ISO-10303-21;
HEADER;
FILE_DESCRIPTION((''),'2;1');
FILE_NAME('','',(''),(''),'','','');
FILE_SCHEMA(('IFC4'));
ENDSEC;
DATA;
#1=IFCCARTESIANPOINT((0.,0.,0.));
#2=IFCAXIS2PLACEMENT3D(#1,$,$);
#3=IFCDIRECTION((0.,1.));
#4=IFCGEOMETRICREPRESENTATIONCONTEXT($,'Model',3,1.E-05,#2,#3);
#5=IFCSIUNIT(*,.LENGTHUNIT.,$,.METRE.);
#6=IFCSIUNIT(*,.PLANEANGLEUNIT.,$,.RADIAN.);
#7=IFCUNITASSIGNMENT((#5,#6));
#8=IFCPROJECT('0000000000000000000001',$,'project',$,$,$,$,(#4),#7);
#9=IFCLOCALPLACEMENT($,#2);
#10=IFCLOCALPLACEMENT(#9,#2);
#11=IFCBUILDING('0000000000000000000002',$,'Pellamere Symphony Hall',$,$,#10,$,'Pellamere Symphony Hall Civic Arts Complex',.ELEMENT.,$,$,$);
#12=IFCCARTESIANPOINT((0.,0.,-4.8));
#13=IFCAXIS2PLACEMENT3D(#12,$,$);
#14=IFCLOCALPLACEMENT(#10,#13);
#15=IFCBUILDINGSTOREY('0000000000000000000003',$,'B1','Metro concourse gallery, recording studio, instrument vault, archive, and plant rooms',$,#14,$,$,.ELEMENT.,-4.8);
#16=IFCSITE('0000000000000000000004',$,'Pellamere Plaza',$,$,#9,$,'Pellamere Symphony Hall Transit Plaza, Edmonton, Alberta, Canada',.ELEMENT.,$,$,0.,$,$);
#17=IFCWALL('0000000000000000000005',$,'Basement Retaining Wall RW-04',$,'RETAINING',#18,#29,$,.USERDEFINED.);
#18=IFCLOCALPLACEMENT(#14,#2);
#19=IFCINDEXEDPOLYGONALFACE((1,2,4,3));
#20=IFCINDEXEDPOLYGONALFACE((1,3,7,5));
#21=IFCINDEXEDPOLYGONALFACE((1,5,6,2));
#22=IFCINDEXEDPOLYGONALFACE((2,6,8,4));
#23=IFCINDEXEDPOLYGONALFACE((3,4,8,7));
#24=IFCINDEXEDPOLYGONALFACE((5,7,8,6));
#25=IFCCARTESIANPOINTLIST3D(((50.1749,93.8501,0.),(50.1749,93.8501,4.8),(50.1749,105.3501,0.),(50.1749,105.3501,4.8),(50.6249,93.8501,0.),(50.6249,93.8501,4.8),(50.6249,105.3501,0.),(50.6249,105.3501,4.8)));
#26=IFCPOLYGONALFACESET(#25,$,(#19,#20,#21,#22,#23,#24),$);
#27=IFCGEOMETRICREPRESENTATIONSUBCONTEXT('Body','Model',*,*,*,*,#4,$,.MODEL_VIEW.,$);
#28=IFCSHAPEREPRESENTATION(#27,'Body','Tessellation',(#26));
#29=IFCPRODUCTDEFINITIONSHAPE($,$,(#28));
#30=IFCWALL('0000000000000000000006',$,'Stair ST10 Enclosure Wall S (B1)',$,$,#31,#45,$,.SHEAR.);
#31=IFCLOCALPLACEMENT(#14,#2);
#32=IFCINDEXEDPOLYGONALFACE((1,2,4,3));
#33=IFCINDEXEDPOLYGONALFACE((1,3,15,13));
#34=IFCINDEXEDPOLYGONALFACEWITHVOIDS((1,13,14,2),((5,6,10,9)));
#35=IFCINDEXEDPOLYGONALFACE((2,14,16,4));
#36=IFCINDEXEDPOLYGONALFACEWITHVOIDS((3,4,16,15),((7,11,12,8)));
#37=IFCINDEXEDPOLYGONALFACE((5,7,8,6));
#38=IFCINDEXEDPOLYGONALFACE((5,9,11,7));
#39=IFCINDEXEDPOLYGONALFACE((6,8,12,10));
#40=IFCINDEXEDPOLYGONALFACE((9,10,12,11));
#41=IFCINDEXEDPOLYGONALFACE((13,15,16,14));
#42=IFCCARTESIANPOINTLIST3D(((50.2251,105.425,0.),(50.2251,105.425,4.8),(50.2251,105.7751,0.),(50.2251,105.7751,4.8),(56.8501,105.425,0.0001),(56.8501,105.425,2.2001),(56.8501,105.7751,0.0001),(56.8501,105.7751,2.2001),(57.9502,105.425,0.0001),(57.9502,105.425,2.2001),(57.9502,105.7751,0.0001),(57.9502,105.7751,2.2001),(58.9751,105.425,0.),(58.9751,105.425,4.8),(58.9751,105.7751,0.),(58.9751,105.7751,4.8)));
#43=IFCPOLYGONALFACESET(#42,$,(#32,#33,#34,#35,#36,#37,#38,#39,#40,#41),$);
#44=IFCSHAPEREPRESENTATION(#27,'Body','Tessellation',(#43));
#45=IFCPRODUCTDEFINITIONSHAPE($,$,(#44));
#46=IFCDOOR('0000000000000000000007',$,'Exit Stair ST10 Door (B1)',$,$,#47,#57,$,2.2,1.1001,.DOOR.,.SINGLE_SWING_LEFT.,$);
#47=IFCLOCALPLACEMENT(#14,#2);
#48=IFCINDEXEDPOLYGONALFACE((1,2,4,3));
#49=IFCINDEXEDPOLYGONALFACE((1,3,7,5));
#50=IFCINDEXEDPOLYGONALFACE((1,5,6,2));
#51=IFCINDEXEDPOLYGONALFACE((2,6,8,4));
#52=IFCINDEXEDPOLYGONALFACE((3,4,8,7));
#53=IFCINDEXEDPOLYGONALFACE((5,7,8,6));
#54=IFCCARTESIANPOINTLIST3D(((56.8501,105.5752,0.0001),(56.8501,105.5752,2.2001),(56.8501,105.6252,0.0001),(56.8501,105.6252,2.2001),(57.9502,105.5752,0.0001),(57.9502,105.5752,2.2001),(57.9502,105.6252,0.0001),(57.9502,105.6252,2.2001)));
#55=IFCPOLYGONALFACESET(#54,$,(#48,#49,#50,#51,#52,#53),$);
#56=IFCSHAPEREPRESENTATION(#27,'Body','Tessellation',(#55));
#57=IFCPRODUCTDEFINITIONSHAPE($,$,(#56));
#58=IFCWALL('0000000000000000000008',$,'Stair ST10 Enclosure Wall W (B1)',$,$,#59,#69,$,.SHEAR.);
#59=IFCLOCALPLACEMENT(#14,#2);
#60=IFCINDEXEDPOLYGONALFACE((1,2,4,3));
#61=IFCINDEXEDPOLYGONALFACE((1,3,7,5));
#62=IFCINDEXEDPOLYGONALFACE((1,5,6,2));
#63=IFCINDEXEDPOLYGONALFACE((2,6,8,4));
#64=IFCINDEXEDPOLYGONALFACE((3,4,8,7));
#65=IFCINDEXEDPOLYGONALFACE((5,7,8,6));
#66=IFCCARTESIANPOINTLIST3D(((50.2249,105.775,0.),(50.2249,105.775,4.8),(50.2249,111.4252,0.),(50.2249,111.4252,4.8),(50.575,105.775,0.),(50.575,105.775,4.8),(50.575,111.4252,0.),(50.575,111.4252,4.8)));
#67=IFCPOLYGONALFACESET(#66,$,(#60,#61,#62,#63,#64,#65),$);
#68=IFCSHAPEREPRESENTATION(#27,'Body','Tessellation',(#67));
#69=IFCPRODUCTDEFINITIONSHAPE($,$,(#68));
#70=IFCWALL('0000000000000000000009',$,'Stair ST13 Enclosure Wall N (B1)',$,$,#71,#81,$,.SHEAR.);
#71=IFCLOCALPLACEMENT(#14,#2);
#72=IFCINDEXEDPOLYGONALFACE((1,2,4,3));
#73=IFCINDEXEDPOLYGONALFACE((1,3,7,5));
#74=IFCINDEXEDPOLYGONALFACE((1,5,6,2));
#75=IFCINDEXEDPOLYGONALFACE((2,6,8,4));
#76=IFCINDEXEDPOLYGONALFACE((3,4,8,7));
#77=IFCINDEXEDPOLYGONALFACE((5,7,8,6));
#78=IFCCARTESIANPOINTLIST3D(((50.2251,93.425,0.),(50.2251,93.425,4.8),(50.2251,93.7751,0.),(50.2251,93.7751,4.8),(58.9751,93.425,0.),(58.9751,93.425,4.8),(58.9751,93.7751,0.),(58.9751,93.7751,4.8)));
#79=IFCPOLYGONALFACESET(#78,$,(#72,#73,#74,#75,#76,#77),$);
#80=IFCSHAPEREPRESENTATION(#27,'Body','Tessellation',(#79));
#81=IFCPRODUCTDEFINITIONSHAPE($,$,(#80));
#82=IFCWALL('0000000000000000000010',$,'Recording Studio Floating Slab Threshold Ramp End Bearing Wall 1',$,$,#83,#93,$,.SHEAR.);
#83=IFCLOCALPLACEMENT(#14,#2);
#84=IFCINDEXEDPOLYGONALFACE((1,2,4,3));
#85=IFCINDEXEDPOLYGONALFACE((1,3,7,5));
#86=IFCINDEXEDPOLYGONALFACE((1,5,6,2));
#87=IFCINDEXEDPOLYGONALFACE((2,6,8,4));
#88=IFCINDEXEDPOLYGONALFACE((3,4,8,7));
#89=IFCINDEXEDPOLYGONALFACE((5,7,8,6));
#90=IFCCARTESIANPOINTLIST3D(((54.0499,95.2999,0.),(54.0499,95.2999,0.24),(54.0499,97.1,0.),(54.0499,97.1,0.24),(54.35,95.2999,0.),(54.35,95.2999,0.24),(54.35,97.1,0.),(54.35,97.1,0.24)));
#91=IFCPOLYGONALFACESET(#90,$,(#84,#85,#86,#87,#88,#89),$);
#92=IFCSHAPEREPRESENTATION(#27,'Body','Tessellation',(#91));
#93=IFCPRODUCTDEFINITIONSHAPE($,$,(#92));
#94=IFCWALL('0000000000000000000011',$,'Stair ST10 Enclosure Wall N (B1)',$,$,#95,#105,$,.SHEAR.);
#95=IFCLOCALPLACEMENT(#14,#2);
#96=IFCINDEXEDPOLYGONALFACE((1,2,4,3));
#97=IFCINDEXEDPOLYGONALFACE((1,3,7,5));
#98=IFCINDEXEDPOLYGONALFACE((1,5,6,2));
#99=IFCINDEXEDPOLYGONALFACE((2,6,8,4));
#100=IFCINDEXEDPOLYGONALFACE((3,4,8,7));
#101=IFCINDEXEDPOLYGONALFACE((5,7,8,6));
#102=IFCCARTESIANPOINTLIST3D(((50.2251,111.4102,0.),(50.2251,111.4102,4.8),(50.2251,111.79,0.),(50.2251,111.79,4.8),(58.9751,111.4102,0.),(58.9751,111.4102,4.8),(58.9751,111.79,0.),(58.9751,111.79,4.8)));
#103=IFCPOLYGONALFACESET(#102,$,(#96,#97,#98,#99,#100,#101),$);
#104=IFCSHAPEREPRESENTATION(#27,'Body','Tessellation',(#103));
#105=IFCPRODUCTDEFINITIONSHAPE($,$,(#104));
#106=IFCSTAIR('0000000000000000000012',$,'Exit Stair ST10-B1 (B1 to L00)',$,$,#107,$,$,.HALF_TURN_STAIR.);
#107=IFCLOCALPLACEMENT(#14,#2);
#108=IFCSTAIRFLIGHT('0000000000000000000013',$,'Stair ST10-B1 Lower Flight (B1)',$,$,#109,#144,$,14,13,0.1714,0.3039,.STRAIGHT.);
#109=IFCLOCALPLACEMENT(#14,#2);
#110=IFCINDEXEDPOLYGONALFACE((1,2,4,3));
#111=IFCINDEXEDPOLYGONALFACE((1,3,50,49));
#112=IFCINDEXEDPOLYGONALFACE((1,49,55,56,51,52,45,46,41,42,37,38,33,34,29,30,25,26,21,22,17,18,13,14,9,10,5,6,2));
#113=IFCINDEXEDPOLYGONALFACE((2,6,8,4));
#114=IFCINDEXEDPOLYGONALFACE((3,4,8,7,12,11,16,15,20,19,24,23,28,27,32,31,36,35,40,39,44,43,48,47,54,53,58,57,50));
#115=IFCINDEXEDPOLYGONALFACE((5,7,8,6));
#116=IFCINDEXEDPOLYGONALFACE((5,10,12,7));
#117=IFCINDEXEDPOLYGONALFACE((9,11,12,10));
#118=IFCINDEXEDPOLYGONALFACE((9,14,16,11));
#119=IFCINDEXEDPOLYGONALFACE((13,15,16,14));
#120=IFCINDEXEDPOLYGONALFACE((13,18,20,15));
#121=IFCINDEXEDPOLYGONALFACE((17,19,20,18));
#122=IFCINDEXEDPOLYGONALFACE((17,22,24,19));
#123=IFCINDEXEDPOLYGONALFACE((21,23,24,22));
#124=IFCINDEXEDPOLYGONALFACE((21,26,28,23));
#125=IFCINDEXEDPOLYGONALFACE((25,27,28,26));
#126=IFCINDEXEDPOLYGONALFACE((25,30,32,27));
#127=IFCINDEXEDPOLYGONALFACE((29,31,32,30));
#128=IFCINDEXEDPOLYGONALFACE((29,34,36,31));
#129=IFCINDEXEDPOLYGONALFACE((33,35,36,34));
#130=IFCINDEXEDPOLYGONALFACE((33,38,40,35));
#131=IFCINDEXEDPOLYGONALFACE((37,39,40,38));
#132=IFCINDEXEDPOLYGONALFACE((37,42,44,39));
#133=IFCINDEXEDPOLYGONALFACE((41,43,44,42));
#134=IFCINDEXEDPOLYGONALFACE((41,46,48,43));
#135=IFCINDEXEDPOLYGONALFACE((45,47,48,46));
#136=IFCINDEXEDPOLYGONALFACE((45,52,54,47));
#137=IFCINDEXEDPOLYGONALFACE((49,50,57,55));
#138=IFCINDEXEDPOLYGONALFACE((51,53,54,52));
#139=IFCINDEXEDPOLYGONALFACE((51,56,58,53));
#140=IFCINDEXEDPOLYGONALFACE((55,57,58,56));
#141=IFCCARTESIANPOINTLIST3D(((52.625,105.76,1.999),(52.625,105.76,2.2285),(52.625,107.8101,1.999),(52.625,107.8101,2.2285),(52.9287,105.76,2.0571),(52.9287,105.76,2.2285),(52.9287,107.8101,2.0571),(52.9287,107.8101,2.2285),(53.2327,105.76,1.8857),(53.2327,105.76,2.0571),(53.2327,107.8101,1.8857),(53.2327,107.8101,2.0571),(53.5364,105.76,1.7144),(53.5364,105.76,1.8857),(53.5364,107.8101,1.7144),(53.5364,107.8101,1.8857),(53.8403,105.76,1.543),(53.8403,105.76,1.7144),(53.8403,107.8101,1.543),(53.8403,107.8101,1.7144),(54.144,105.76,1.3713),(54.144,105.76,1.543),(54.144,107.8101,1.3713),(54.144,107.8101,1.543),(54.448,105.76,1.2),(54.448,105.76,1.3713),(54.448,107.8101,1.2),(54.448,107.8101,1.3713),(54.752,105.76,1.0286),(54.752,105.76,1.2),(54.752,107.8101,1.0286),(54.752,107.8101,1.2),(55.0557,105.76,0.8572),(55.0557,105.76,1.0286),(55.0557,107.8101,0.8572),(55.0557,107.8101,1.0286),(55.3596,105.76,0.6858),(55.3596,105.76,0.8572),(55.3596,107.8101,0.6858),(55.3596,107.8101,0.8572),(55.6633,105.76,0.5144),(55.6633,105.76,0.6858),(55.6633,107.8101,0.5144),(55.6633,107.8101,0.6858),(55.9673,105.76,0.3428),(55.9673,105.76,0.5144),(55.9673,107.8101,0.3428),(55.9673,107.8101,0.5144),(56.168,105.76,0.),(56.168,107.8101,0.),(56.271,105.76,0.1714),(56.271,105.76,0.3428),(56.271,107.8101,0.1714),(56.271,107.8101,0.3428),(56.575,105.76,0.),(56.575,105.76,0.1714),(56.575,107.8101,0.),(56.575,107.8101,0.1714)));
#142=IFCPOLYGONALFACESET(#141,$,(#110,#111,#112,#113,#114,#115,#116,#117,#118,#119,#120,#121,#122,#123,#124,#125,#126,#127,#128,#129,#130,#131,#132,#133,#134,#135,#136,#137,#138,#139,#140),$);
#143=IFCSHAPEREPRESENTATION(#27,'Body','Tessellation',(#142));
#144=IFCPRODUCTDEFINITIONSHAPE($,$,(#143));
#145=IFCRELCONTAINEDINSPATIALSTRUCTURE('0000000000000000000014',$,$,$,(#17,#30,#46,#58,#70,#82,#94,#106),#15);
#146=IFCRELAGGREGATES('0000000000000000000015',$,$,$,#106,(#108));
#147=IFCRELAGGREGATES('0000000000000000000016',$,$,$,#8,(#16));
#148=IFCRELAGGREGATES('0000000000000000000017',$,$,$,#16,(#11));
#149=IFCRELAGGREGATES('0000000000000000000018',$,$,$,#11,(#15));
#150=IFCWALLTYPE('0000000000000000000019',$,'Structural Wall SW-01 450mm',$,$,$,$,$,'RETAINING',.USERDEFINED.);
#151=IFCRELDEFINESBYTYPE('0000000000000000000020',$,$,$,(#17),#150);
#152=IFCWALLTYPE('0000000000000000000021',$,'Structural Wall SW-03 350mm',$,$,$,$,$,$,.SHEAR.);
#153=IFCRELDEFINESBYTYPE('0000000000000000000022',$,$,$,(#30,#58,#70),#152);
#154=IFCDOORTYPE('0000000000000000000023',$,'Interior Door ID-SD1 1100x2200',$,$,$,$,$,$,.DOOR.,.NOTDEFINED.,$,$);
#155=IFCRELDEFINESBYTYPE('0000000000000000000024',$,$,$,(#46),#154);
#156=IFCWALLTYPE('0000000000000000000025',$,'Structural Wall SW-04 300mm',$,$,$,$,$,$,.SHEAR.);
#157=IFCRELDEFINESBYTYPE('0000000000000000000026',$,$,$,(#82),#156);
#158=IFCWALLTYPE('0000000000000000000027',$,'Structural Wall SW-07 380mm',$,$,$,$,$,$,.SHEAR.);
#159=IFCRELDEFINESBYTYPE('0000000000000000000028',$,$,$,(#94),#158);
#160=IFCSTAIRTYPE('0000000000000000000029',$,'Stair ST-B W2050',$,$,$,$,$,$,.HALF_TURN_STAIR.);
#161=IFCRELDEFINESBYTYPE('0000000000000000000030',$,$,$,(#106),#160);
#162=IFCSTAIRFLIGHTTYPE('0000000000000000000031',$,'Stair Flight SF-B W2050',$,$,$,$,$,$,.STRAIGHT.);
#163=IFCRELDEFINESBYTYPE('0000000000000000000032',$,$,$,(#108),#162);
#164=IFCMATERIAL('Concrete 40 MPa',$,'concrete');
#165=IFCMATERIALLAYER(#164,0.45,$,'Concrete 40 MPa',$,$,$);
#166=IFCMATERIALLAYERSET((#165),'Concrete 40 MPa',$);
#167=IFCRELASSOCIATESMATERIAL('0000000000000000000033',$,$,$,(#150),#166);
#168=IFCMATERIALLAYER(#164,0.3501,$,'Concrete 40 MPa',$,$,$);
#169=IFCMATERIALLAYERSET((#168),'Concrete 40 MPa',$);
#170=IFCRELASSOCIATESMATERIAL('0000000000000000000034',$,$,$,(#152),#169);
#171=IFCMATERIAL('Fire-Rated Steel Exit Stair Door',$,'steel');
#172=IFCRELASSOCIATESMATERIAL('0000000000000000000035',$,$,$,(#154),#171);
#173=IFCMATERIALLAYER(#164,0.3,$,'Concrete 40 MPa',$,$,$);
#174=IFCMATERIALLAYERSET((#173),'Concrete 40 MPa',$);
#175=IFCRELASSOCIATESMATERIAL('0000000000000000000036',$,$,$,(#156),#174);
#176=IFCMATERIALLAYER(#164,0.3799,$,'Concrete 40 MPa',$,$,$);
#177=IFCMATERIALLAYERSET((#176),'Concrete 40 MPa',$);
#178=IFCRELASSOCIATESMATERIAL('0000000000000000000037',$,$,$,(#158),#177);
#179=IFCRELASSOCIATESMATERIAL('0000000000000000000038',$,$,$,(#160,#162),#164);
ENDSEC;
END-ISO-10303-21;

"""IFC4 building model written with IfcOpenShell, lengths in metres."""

from ifc_helpers import new_model, si_unit, direction, frame, frame_2d, origin, place, context, subcontext, project, spatial, polyline, rectangle, outline, extrude, material, layer, layer_set, type_object, element, fill, aggregate, save


model = new_model("IFC4")

# Units and contexts
model_context = context("Model", 3, precision=1e-05, world=origin(), true_north=direction((0.0, 1.0)))
body_context = subcontext(model_context, "Body", "Model", "MODEL_VIEW")
ifc_project = project(units=[si_unit("LENGTHUNIT", "METRE"), si_unit("PLANEANGLEUNIT", "RADIAN")], contexts=[model_context])

# Site, building, storey
site_placement = place(None, origin())
site = spatial("IfcSite", under=ifc_project, at=site_placement, Name="Pellamere Plaza", LongName="Pellamere Symphony Hall Transit Plaza, Edmonton, Alberta, Canada", CompositionType="ELEMENT", RefElevation=0.0)
building_placement = place(site_placement, origin())
building = spatial("IfcBuilding", under=site, at=building_placement, Name="Pellamere Symphony Hall", LongName="Pellamere Symphony Hall Civic Arts Complex", CompositionType="ELEMENT")
storey_placement = place(building_placement, frame((0.0, 0.0, -4.8)))
storey = spatial("IfcBuildingStorey", under=building, at=storey_placement, Name="B1", Description="Metro concourse gallery, recording studio, instrument vault, archive, and plant rooms", CompositionType="ELEMENT", Elevation=-4.8)

# Shared definitions
ifc_material_1 = material(Name="Concrete 40 MPa", Category="concrete")

# Wall
ifc_layer_1 = layer(ifc_material_1, 0.45, Name="Concrete 40 MPa")
ifc_layer_set_1 = layer_set([ifc_layer_1], Name="Concrete 40 MPa")
wall_type_1 = type_object("IfcWallType", Name="Structural Wall SW-01 450mm", ElementType="RETAINING", PredefinedType="USERDEFINED", material=ifc_layer_set_1)
wall_1_placement = place(storey_placement, frame((50.3999, 93.8501, 0.0), z_axis=(0.0, 0.0, 1.0), x_axis=(0.0, 1.0, 0.0)))
element("IfcWall", 1, at=wall_1_placement, inside=storey, type_object=wall_type_1, Name="Basement Retaining Wall RW-04", ObjectType="RETAINING", PredefinedType="USERDEFINED", context=body_context, shape_type="SweptSolid", body=[
    extrude(rectangle(XDim=11.5, YDim=0.45, at=frame_2d((5.75, 0.0))), origin(), (0.0, 0.0, 1.0), 4.8),
])

# Wall, opening, door
ifc_layer_2 = layer(ifc_material_1, 0.3501, Name="Concrete 40 MPa")
ifc_layer_set_2 = layer_set([ifc_layer_2], Name="Concrete 40 MPa")
wall_type_2 = type_object("IfcWallType", Name="Structural Wall SW-03 350mm", PredefinedType="SHEAR", material=ifc_layer_set_2)
wall_2_placement = place(storey_placement, frame((50.2251, 105.6001, 0.0), z_axis=(0.0, 0.0, 1.0), x_axis=(1.0, 0.0, 0.0)))
wall_2 = element("IfcWall", 2, at=wall_2_placement, inside=storey, type_object=wall_type_2, Name="Stair ST10 Enclosure Wall S (B1)", PredefinedType="SHEAR", context=body_context, shape_type="SweptSolid", body=[
    extrude(rectangle(XDim=8.75, YDim=0.3501, at=frame_2d((4.375, 0.0))), origin(), (0.0, 0.0, 1.0), 4.8),
])
opening_placement = place(wall_2_placement, frame((6.625, 0.0, 0.0)))
opening = element("IfcOpeningElement", 3, at=opening_placement, cuts=wall_2, PredefinedType="OPENING", context=body_context, shape_type="SweptSolid", body=[
    extrude(rectangle(XDim=1.1001, YDim=2.2, at=frame_2d((0.55, 1.1001))), frame((0.0, 0.1851, 0.0), z_axis=(0.0, -1.0, 0.0), x_axis=(1.0, 0.0, 0.0)), (0.0, 0.0, 1.0), 0.3701),
])
ifc_material_2 = material(Name="Fire-Rated Steel Exit Stair Door", Category="steel")
door_type = type_object("IfcDoorType", Name="Interior Door ID-SD1 1100x2200", OperationType="NOTDEFINED", PredefinedType="DOOR", material=ifc_material_2)
door_placement = place(opening_placement, frame((1.1001, 0.0, 0.0), z_axis=(0.0, 0.0, 1.0), x_axis=(-1.0, 0.0, 0.0)))
door = element("IfcDoor", 4, at=door_placement, inside=storey, type_object=door_type, Name="Exit Stair ST10 Door (B1)", OperationType="SINGLE_SWING_LEFT", OverallHeight=2.2, OverallWidth=1.1001, PredefinedType="DOOR", context=body_context, shape_type="SweptSolid", body=[
    extrude(rectangle(XDim=1.1001, YDim=2.2, at=frame_2d((0.55, 1.1001))), frame((0.0, 0.0249, 0.0), z_axis=(0.0, -1.0, 0.0), x_axis=(1.0, 0.0, 0.0)), (0.0, 0.0, 1.0), 0.05),
])
fill(opening, door)

# Walls
wall_3_placement = place(storey_placement, frame((50.3999, 105.7749, 0.0), z_axis=(0.0, 0.0, 1.0), x_axis=(0.0, 1.0, 0.0)))
element("IfcWall", 5, at=wall_3_placement, inside=storey, type_object=wall_type_2, Name="Stair ST10 Enclosure Wall W (B1)", PredefinedType="SHEAR", context=body_context, shape_type="SweptSolid", body=[
    extrude(rectangle(XDim=5.6501, YDim=0.3501, at=frame_2d((2.8252, 0.0))), origin(), (0.0, 0.0, 1.0), 4.8),
])
wall_4_placement = place(storey_placement, frame((50.2251, 93.6001, 0.0), z_axis=(0.0, 0.0, 1.0), x_axis=(1.0, 0.0, 0.0)))
element("IfcWall", 6, at=wall_4_placement, inside=storey, type_object=wall_type_2, Name="Stair ST13 Enclosure Wall N (B1)", PredefinedType="SHEAR", context=body_context, shape_type="SweptSolid", body=[
    extrude(rectangle(XDim=8.75, YDim=0.3501, at=frame_2d((4.375, 0.0))), origin(), (0.0, 0.0, 1.0), 4.8),
])
ifc_layer_3 = layer(ifc_material_1, 0.3, Name="Concrete 40 MPa")
ifc_layer_set_3 = layer_set([ifc_layer_3], Name="Concrete 40 MPa")
wall_type_3 = type_object("IfcWallType", Name="Structural Wall SW-04 300mm", PredefinedType="SHEAR", material=ifc_layer_set_3)
wall_5_placement = place(storey_placement, frame((54.2, 95.3, 0.0), z_axis=(0.0, 0.0, 1.0), x_axis=(0.0, 1.0, 0.0)))
element("IfcWall", 7, at=wall_5_placement, inside=storey, type_object=wall_type_3, Name="Recording Studio Floating Slab Threshold Ramp End Bearing Wall 1", PredefinedType="SHEAR", context=body_context, shape_type="SweptSolid", body=[
    extrude(rectangle(XDim=1.8, YDim=0.3, at=frame_2d((0.8999, 0.0))), origin(), (0.0, 0.0, 1.0), 0.24),
])
ifc_layer_4 = layer(ifc_material_1, 0.3799, Name="Concrete 40 MPa")
ifc_layer_set_4 = layer_set([ifc_layer_4], Name="Concrete 40 MPa")
wall_type_4 = type_object("IfcWallType", Name="Structural Wall SW-07 380mm", PredefinedType="SHEAR", material=ifc_layer_set_4)
wall_6_placement = place(storey_placement, frame((50.2251, 111.6001, 0.0), z_axis=(0.0, 0.0, 1.0), x_axis=(1.0, 0.0, 0.0)))
element("IfcWall", 8, at=wall_6_placement, inside=storey, type_object=wall_type_4, Name="Stair ST10 Enclosure Wall N (B1)", PredefinedType="SHEAR", context=body_context, shape_type="SweptSolid", body=[
    extrude(rectangle(XDim=8.75, YDim=0.3799, at=frame_2d((4.375, 0.0))), origin(), (0.0, 0.0, 1.0), 4.8),
])

# Stair, stair flight
stair_type = type_object("IfcStairType", Name="Stair ST-B W2050", PredefinedType="HALF_TURN_STAIR", material=ifc_material_1)
stair_placement = place(storey_placement, origin())
stair = element("IfcStair", 9, at=stair_placement, inside=storey, type_object=stair_type, Name="Exit Stair ST10-B1 (B1 to L00)", PredefinedType="HALF_TURN_STAIR")
stair_flight_type = type_object("IfcStairFlightType", Name="Stair Flight SF-B W2050", PredefinedType="STRAIGHT", material=ifc_material_1)
stair_flight_1_placement = place(storey_placement, frame((56.575, 106.7849, 0.0), z_axis=(0.0, 0.0, 1.0), x_axis=(-1.0, 0.0, 0.0)))
stair_flight_1 = element("IfcStairFlight", 10, at=stair_flight_1_placement, type_object=stair_flight_type, Name="Stair ST10-B1 Lower Flight (B1)", NumberOfRisers=14, NumberOfTreads=13, PredefinedType="STRAIGHT", RiserHeight=0.1714, TreadLength=0.3039, context=body_context, shape_type="SweptSolid", body=[
    extrude(outline(polyline([(0.0, 0.0), (0.0, 0.1714), (0.304, 0.1714), (0.304, 0.3428), (0.6077, 0.3428), (0.6077, 0.5144), (0.9116, 0.5144), (0.9116, 0.6858), (1.2153, 0.6858), (1.2153, 0.8572), (1.5193, 0.8572), (1.5193, 1.0286), (1.823, 1.0286), (1.823, 1.2), (2.127, 1.2), (2.127, 1.3713), (2.4309, 1.3713), (2.4309, 1.543), (2.7346, 1.543), (2.7346, 1.7144), (3.0386, 1.7144), (3.0386, 1.8857), (3.3423, 1.8857), (3.3423, 2.0571), (3.6462, 2.0571), (3.6462, 2.2285), (3.95, 2.2285), (3.95, 2.3999), (3.95, 1.999), (0.407, 0.0), (0.0, 0.0)])), frame((0.0, 1.0249, 0.0), z_axis=(0.0, -1.0, 0.0), x_axis=(1.0, 0.0, 0.0)), (0.0, 0.0, 1.0), 2.05),
])
aggregate(stair, [stair_flight_1])

save(model, "model.ifc")
